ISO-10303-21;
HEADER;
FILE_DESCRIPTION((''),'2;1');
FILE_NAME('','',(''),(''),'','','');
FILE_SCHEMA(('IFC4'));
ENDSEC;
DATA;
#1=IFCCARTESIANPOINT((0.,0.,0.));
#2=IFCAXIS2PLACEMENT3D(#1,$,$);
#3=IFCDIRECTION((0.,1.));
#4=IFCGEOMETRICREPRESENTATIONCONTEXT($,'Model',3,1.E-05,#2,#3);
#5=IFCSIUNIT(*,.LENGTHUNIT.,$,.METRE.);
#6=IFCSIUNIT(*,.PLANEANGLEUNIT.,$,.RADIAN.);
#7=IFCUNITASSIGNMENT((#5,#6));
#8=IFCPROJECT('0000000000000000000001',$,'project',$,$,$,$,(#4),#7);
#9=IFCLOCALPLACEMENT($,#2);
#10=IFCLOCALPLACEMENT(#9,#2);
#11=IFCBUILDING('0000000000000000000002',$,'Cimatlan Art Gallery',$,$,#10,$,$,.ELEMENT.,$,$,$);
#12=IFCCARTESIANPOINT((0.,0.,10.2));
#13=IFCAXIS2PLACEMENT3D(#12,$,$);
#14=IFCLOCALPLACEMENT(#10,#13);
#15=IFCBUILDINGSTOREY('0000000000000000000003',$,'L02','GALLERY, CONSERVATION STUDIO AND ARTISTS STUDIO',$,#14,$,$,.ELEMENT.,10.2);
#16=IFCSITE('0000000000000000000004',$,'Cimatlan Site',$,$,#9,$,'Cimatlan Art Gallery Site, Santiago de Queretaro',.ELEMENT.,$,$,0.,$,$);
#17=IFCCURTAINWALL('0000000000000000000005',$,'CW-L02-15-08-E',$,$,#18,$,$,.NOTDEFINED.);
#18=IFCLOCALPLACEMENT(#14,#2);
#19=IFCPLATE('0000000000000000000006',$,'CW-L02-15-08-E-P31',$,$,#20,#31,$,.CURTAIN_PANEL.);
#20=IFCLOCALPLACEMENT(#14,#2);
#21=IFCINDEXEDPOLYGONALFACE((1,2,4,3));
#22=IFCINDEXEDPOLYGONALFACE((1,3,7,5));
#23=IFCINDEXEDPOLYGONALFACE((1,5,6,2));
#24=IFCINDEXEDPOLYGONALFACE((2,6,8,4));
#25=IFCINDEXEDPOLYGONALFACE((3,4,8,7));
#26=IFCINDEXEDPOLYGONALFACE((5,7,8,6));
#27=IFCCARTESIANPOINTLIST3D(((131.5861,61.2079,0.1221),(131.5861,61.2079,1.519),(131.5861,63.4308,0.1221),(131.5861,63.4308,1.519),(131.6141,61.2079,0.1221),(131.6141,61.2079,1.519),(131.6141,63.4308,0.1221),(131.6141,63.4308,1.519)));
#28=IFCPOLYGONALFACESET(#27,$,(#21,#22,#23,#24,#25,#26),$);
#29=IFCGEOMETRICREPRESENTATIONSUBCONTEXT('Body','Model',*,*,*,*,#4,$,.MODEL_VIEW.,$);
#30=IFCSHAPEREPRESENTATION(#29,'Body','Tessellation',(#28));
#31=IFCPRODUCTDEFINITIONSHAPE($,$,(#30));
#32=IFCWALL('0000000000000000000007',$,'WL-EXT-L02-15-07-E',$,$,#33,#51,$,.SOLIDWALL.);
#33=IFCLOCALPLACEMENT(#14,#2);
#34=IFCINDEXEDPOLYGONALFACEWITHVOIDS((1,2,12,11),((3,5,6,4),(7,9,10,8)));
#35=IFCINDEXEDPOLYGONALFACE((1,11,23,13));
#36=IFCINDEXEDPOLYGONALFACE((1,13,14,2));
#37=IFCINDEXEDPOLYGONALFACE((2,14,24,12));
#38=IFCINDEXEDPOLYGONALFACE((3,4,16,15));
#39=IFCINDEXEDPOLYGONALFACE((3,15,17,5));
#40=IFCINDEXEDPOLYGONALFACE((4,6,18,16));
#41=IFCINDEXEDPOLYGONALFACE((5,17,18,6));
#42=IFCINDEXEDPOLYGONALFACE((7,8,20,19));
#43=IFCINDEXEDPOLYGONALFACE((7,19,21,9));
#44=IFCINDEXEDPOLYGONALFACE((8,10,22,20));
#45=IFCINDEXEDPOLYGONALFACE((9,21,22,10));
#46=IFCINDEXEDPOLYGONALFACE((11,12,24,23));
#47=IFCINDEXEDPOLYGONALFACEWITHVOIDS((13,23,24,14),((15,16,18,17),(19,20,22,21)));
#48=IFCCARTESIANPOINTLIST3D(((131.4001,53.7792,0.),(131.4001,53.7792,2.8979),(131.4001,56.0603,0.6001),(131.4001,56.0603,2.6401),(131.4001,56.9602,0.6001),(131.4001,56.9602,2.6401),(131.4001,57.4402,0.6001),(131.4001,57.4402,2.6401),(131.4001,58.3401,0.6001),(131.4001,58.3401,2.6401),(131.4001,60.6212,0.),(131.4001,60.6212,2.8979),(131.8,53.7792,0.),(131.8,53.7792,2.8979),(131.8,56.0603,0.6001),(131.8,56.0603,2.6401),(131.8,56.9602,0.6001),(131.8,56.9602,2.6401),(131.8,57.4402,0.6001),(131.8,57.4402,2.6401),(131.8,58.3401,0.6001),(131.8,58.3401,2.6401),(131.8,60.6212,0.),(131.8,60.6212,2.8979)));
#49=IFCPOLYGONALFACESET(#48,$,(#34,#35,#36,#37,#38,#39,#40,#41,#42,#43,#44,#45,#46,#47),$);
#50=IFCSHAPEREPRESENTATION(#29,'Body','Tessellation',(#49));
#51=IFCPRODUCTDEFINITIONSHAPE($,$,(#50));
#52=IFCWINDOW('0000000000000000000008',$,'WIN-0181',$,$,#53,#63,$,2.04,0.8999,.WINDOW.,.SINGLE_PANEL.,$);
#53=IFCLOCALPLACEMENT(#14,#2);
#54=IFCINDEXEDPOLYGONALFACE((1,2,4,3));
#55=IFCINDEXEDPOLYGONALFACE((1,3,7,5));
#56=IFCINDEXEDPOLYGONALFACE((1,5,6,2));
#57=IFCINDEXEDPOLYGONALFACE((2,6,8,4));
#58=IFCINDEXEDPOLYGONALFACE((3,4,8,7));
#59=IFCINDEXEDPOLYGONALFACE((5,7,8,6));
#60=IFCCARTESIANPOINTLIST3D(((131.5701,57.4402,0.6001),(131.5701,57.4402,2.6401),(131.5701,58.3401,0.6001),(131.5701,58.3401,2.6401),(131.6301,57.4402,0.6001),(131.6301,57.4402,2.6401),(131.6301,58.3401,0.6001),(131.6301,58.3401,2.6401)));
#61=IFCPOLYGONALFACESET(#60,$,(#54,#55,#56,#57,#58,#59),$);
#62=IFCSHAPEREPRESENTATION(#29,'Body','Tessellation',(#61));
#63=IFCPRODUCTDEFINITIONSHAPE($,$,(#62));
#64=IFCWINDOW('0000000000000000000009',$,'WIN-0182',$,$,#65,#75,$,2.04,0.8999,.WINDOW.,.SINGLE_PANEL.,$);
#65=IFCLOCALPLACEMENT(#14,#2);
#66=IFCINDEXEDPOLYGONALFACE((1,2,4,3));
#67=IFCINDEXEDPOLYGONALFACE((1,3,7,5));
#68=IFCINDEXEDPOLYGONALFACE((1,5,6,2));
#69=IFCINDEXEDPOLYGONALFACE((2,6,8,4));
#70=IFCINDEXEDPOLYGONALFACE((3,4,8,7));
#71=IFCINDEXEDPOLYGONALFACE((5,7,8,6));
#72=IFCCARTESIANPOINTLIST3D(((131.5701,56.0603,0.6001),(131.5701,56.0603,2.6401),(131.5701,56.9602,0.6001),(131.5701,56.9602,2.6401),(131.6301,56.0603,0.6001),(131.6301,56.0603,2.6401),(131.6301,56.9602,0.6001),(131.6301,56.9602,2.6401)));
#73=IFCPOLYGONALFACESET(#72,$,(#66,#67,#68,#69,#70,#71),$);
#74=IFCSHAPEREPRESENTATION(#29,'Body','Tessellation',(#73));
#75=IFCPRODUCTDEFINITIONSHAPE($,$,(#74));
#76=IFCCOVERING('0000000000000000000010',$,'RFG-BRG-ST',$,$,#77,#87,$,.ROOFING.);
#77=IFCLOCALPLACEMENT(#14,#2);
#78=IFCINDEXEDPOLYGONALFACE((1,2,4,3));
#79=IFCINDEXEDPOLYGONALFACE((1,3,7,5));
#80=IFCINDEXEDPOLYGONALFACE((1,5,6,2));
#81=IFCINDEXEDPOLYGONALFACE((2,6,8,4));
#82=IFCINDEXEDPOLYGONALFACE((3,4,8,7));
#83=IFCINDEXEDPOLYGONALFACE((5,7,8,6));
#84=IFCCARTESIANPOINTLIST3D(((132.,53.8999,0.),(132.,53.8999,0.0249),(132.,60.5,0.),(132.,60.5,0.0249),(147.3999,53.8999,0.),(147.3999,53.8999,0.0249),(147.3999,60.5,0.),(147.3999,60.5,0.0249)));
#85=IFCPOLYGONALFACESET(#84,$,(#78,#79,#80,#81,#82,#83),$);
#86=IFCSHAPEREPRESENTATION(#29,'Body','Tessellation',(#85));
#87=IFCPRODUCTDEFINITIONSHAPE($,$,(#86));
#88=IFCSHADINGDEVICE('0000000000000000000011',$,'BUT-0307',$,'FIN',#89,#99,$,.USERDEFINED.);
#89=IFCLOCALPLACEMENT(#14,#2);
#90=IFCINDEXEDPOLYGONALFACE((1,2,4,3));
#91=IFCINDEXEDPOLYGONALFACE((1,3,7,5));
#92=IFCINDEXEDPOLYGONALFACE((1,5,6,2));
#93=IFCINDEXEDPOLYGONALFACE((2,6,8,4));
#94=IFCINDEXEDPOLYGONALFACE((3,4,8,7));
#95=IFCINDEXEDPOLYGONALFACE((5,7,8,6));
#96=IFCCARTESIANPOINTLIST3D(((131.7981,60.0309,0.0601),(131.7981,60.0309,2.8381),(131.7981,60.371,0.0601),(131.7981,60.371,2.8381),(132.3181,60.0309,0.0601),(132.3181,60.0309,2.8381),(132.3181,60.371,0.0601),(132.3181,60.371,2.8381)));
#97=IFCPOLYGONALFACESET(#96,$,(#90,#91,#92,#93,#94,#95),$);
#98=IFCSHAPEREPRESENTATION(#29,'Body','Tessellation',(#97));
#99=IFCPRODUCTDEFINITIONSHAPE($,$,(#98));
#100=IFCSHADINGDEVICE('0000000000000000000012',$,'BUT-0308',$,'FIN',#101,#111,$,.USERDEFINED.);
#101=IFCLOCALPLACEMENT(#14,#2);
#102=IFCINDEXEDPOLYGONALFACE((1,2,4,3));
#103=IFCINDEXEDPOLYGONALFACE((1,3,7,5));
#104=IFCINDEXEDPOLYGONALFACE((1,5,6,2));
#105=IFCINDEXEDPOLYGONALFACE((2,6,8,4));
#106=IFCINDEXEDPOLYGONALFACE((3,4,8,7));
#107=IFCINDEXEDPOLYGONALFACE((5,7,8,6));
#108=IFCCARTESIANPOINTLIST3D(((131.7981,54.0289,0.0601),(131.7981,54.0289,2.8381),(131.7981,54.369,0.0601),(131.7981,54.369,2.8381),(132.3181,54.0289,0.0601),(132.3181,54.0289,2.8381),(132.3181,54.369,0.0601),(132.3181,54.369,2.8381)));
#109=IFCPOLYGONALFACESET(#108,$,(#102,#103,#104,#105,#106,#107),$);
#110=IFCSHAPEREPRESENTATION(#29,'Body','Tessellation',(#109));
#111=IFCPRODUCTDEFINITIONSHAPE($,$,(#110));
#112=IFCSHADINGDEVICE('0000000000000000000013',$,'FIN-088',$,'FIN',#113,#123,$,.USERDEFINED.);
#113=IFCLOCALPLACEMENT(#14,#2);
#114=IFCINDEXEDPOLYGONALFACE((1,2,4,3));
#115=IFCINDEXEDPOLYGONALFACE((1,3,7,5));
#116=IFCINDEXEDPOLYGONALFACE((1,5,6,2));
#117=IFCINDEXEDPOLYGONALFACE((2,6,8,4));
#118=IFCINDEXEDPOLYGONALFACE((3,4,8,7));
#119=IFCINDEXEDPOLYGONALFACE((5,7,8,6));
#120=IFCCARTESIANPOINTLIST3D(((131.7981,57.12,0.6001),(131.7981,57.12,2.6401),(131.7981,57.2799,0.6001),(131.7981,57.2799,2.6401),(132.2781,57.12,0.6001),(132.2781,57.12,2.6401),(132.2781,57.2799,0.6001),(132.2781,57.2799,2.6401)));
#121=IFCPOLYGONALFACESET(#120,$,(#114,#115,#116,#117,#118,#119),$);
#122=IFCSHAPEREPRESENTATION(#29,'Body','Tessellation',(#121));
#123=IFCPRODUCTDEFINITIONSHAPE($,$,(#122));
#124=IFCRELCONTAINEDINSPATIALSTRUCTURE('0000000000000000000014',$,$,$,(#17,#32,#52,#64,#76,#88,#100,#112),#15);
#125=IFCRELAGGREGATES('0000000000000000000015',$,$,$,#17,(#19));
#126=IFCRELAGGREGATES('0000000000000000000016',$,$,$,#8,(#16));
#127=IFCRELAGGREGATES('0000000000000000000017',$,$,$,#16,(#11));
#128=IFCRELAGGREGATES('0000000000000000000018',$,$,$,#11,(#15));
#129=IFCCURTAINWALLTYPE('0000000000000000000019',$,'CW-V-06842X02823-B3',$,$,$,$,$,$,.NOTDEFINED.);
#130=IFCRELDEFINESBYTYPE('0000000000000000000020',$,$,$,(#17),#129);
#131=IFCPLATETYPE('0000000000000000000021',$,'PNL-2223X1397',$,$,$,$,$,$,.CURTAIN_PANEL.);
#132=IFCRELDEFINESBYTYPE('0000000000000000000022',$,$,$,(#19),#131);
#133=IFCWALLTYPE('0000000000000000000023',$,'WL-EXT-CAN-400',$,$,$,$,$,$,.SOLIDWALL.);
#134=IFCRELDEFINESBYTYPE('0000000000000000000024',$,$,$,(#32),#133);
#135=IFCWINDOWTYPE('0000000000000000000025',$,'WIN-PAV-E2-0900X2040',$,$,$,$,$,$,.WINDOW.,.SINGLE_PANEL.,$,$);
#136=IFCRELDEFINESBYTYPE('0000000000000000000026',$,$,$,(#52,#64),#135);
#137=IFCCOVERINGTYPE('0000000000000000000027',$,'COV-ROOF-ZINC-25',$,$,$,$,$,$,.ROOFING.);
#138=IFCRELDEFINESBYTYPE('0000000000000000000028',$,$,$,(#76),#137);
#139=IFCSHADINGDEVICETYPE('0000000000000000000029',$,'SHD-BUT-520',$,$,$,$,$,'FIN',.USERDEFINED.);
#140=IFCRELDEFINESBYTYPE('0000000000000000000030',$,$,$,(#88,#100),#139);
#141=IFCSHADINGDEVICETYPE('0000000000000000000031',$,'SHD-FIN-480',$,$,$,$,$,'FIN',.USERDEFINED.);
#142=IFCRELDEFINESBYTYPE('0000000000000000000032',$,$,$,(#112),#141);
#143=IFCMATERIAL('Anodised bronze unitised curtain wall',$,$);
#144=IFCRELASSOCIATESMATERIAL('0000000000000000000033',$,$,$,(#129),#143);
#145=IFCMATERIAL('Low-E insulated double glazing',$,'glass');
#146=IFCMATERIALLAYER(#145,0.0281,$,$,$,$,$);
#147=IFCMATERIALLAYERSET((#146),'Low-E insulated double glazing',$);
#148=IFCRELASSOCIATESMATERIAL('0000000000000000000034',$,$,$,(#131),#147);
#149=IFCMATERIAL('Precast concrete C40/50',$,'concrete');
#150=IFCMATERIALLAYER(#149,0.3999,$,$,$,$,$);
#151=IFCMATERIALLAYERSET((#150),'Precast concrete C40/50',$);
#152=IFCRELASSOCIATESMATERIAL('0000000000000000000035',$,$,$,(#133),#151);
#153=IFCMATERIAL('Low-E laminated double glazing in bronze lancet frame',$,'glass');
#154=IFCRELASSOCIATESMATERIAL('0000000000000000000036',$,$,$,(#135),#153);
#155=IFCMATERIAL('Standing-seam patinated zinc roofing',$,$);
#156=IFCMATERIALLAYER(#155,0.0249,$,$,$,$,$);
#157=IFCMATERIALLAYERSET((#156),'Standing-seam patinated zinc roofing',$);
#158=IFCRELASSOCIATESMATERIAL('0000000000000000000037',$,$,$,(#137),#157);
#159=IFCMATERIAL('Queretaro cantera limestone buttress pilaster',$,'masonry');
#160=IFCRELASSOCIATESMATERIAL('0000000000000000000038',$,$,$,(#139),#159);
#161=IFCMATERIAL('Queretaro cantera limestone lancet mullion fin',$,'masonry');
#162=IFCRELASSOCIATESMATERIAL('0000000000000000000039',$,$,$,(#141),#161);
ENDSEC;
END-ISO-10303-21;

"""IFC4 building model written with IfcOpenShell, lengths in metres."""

from ifc_helpers import new_model, si_unit, direction, frame, frame_2d, origin, origin_2d, place, context, subcontext, project, spatial, rectangle, extrude, material, layer, layer_set, type_object, element, fill, aggregate, save


model = new_model("IFC4")

# Units and contexts
model_context = context("Model", 3, precision=1e-05, world=origin(), true_north=direction((0.0, 1.0)))
body_context = subcontext(model_context, "Body", "Model", "MODEL_VIEW")
ifc_project = project(units=[si_unit("LENGTHUNIT", "METRE"), si_unit("PLANEANGLEUNIT", "RADIAN")], contexts=[model_context])

# Site, building, storey
site_placement = place(None, origin())
site = spatial("IfcSite", under=ifc_project, at=site_placement, Name="Cimatlan Site", LongName="Cimatlan Art Gallery Site, Santiago de Queretaro", CompositionType="ELEMENT", RefElevation=0.0)
building_placement = place(site_placement, origin())
building = spatial("IfcBuilding", under=site, at=building_placement, Name="Cimatlan Art Gallery", CompositionType="ELEMENT")
storey_placement = place(building_placement, frame((0.0, 0.0, 10.2)))
storey = spatial("IfcBuildingStorey", under=building, at=storey_placement, Name="L02", Description="GALLERY, CONSERVATION STUDIO AND ARTISTS STUDIO", CompositionType="ELEMENT", Elevation=10.2)

# Curtain wall, plate
ifc_material_1 = material(Name="Anodised bronze unitised curtain wall")
curtain_wall_type = type_object("IfcCurtainWallType", Name="CW-V-06842X02823-B3", PredefinedType="NOTDEFINED", material=ifc_material_1)
curtain_wall_placement = place(storey_placement, origin())
curtain_wall = element("IfcCurtainWall", 1, at=curtain_wall_placement, inside=storey, type_object=curtain_wall_type, Name="CW-L02-15-08-E", PredefinedType="NOTDEFINED")
ifc_material_2 = material(Name="Low-E insulated double glazing", Category="glass")
ifc_layer_1 = layer(ifc_material_2, 0.0281)
ifc_layer_set_1 = layer_set([ifc_layer_1], Name="Low-E insulated double glazing")
plate_type_1 = type_object("IfcPlateType", Name="PNL-2223X1397", PredefinedType="CURTAIN_PANEL", material=ifc_layer_set_1)
plate_1_placement = place(storey_placement, frame((131.6001, 62.3193, 0.1221), z_axis=(0.0, 0.0, 1.0), x_axis=(0.0, -1.0, 0.0)))
plate_1 = element("IfcPlate", 2, at=plate_1_placement, type_object=plate_type_1, Name="CW-L02-15-08-E-P31", PredefinedType="CURTAIN_PANEL", context=body_context, shape_type="SweptSolid", body=[
    extrude(rectangle(XDim=2.2229, YDim=0.0281, at=origin_2d()), origin(), (0.0, 0.0, 1.0), 1.397),
])
aggregate(curtain_wall, [plate_1])

# Wall, openings, windows
ifc_material_3 = material(Name="Precast concrete C40/50", Category="concrete")
ifc_layer_2 = layer(ifc_material_3, 0.3999)
ifc_layer_set_2 = layer_set([ifc_layer_2], Name="Precast concrete C40/50")
wall_type = type_object("IfcWallType", Name="WL-EXT-CAN-400", PredefinedType="SOLIDWALL", material=ifc_layer_set_2)
wall_placement = place(storey_placement, frame((131.6001, 60.6211, 0.0), z_axis=(0.0, 0.0, 1.0), x_axis=(0.0, -1.0, 0.0)))
wall = element("IfcWall", 3, at=wall_placement, inside=storey, type_object=wall_type, Name="WL-EXT-L02-15-07-E", PredefinedType="SOLIDWALL", context=body_context, shape_type="SweptSolid", body=[
    extrude(rectangle(XDim=6.842, YDim=0.3999, at=frame_2d((3.4209, 0.0))), origin(), (0.0, 0.0, 1.0), 2.8979),
])
opening_1_placement = place(wall_placement, frame((2.281, 0.0, 0.6001)))
opening_1 = element("IfcOpeningElement", 4, at=opening_1_placement, cuts=wall, PredefinedType="OPENING", context=body_context, shape_type="SweptSolid", body=[
    extrude(rectangle(XDim=0.8999, YDim=2.04, at=frame_2d((0.45, 1.02))), frame((0.0, 0.21, 0.0), z_axis=(0.0, -1.0, 0.0), x_axis=(1.0, 0.0, 0.0)), (0.0, 0.0, 1.0), 0.4199),
])
opening_2_placement = place(wall_placement, frame((3.6609, 0.0, 0.6001)))
opening_2 = element("IfcOpeningElement", 5, at=opening_2_placement, cuts=wall, PredefinedType="OPENING", context=body_context, shape_type="SweptSolid", body=[
    extrude(rectangle(XDim=0.8999, YDim=2.04, at=frame_2d((0.45, 1.02))), frame((0.0, 0.21, 0.0), z_axis=(0.0, -1.0, 0.0), x_axis=(1.0, 0.0, 0.0)), (0.0, 0.0, 1.0), 0.4199),
])
ifc_material_4 = material(Name="Low-E laminated double glazing in bronze lancet frame", Category="glass")
window_type = type_object("IfcWindowType", Name="WIN-PAV-E2-0900X2040", PartitioningType="SINGLE_PANEL", PredefinedType="WINDOW", material=ifc_material_4)
window_1_placement = place(opening_1_placement, origin())
window_1 = element("IfcWindow", 6, at=window_1_placement, inside=storey, type_object=window_type, Name="WIN-0181", OverallHeight=2.04, OverallWidth=0.8999, PartitioningType="SINGLE_PANEL", PredefinedType="WINDOW", context=body_context, shape_type="SweptSolid", body=[
    extrude(rectangle(XDim=0.8999, YDim=2.04, at=frame_2d((0.45, 1.02))), frame((0.0, 0.03, 0.0), z_axis=(0.0, -1.0, 0.0), x_axis=(1.0, 0.0, 0.0)), (0.0, 0.0, 1.0), 0.0601),
])
fill(opening_1, window_1)
window_2_placement = place(opening_2_placement, origin())
window_2 = element("IfcWindow", 7, at=window_2_placement, inside=storey, type_object=window_type, Name="WIN-0182", OverallHeight=2.04, OverallWidth=0.8999, PartitioningType="SINGLE_PANEL", PredefinedType="WINDOW", context=body_context, shape_type="SweptSolid", body=[
    extrude(rectangle(XDim=0.8999, YDim=2.04, at=frame_2d((0.45, 1.02))), frame((0.0, 0.03, 0.0), z_axis=(0.0, -1.0, 0.0), x_axis=(1.0, 0.0, 0.0)), (0.0, 0.0, 1.0), 0.0601),
])
fill(opening_2, window_2)

# Covering
ifc_material_5 = material(Name="Standing-seam patinated zinc roofing")
ifc_layer_3 = layer(ifc_material_5, 0.0249)
ifc_layer_set_3 = layer_set([ifc_layer_3], Name="Standing-seam patinated zinc roofing")
covering_type = type_object("IfcCoveringType", Name="COV-ROOF-ZINC-25", PredefinedType="ROOFING", material=ifc_layer_set_3)
covering_placement = place(storey_placement, frame((139.7, 57.2, 0.0), z_axis=(0.0, 0.0, 1.0), x_axis=(1.0, 0.0, 0.0)))
element("IfcCovering", 8, at=covering_placement, inside=storey, type_object=covering_type, Name="RFG-BRG-ST", PredefinedType="ROOFING", context=body_context, shape_type="SweptSolid", body=[
    extrude(rectangle(XDim=15.3999, YDim=6.6001, at=origin_2d()), origin(), (0.0, 0.0, 1.0), 0.0249),
])

# Shading devices
ifc_material_6 = material(Name="Queretaro cantera limestone buttress pilaster", Category="masonry")
shading_device_type_1 = type_object("IfcShadingDeviceType", Name="SHD-BUT-520", ElementType="FIN", PredefinedType="USERDEFINED", material=ifc_material_6)
for number, where, z_axis, x_axis, name in (
    (9, (132.0581, 60.2009, 0.0601), (0.0, 0.0, 1.0), (0.0, -1.0, 0.0), "BUT-0307"),
    (10, (132.0581, 54.199, 0.0601), (0.0, 0.0, 1.0), (0.0, -1.0, 0.0), "BUT-0308"),
):
    element("IfcShadingDevice", number, at=place(storey_placement, frame(where, z_axis=z_axis, x_axis=x_axis)), inside=storey, type_object=shading_device_type_1, Name=name, ObjectType="FIN", PredefinedType="USERDEFINED", context=body_context, shape_type="SweptSolid", body=[
        extrude(rectangle(XDim=0.3401, YDim=0.52, at=origin_2d()), origin(), (0.0, 0.0, 1.0), 2.7781),
    ])
ifc_material_7 = material(Name="Queretaro cantera limestone lancet mullion fin", Category="masonry")
shading_device_type_2 = type_object("IfcShadingDeviceType", Name="SHD-FIN-480", ElementType="FIN", PredefinedType="USERDEFINED", material=ifc_material_7)
shading_device_placement = place(storey_placement, frame((132.0381, 57.2, 0.6001), z_axis=(0.0, 0.0, 1.0), x_axis=(0.0, -1.0, 0.0)))
element("IfcShadingDevice", 11, at=shading_device_placement, inside=storey, type_object=shading_device_type_2, Name="FIN-088", ObjectType="FIN", PredefinedType="USERDEFINED", context=body_context, shape_type="SweptSolid", body=[
    extrude(rectangle(XDim=0.1599, YDim=0.48, at=origin_2d()), origin(), (0.0, 0.0, 1.0), 2.04),
])

save(model, "model.ifc")
